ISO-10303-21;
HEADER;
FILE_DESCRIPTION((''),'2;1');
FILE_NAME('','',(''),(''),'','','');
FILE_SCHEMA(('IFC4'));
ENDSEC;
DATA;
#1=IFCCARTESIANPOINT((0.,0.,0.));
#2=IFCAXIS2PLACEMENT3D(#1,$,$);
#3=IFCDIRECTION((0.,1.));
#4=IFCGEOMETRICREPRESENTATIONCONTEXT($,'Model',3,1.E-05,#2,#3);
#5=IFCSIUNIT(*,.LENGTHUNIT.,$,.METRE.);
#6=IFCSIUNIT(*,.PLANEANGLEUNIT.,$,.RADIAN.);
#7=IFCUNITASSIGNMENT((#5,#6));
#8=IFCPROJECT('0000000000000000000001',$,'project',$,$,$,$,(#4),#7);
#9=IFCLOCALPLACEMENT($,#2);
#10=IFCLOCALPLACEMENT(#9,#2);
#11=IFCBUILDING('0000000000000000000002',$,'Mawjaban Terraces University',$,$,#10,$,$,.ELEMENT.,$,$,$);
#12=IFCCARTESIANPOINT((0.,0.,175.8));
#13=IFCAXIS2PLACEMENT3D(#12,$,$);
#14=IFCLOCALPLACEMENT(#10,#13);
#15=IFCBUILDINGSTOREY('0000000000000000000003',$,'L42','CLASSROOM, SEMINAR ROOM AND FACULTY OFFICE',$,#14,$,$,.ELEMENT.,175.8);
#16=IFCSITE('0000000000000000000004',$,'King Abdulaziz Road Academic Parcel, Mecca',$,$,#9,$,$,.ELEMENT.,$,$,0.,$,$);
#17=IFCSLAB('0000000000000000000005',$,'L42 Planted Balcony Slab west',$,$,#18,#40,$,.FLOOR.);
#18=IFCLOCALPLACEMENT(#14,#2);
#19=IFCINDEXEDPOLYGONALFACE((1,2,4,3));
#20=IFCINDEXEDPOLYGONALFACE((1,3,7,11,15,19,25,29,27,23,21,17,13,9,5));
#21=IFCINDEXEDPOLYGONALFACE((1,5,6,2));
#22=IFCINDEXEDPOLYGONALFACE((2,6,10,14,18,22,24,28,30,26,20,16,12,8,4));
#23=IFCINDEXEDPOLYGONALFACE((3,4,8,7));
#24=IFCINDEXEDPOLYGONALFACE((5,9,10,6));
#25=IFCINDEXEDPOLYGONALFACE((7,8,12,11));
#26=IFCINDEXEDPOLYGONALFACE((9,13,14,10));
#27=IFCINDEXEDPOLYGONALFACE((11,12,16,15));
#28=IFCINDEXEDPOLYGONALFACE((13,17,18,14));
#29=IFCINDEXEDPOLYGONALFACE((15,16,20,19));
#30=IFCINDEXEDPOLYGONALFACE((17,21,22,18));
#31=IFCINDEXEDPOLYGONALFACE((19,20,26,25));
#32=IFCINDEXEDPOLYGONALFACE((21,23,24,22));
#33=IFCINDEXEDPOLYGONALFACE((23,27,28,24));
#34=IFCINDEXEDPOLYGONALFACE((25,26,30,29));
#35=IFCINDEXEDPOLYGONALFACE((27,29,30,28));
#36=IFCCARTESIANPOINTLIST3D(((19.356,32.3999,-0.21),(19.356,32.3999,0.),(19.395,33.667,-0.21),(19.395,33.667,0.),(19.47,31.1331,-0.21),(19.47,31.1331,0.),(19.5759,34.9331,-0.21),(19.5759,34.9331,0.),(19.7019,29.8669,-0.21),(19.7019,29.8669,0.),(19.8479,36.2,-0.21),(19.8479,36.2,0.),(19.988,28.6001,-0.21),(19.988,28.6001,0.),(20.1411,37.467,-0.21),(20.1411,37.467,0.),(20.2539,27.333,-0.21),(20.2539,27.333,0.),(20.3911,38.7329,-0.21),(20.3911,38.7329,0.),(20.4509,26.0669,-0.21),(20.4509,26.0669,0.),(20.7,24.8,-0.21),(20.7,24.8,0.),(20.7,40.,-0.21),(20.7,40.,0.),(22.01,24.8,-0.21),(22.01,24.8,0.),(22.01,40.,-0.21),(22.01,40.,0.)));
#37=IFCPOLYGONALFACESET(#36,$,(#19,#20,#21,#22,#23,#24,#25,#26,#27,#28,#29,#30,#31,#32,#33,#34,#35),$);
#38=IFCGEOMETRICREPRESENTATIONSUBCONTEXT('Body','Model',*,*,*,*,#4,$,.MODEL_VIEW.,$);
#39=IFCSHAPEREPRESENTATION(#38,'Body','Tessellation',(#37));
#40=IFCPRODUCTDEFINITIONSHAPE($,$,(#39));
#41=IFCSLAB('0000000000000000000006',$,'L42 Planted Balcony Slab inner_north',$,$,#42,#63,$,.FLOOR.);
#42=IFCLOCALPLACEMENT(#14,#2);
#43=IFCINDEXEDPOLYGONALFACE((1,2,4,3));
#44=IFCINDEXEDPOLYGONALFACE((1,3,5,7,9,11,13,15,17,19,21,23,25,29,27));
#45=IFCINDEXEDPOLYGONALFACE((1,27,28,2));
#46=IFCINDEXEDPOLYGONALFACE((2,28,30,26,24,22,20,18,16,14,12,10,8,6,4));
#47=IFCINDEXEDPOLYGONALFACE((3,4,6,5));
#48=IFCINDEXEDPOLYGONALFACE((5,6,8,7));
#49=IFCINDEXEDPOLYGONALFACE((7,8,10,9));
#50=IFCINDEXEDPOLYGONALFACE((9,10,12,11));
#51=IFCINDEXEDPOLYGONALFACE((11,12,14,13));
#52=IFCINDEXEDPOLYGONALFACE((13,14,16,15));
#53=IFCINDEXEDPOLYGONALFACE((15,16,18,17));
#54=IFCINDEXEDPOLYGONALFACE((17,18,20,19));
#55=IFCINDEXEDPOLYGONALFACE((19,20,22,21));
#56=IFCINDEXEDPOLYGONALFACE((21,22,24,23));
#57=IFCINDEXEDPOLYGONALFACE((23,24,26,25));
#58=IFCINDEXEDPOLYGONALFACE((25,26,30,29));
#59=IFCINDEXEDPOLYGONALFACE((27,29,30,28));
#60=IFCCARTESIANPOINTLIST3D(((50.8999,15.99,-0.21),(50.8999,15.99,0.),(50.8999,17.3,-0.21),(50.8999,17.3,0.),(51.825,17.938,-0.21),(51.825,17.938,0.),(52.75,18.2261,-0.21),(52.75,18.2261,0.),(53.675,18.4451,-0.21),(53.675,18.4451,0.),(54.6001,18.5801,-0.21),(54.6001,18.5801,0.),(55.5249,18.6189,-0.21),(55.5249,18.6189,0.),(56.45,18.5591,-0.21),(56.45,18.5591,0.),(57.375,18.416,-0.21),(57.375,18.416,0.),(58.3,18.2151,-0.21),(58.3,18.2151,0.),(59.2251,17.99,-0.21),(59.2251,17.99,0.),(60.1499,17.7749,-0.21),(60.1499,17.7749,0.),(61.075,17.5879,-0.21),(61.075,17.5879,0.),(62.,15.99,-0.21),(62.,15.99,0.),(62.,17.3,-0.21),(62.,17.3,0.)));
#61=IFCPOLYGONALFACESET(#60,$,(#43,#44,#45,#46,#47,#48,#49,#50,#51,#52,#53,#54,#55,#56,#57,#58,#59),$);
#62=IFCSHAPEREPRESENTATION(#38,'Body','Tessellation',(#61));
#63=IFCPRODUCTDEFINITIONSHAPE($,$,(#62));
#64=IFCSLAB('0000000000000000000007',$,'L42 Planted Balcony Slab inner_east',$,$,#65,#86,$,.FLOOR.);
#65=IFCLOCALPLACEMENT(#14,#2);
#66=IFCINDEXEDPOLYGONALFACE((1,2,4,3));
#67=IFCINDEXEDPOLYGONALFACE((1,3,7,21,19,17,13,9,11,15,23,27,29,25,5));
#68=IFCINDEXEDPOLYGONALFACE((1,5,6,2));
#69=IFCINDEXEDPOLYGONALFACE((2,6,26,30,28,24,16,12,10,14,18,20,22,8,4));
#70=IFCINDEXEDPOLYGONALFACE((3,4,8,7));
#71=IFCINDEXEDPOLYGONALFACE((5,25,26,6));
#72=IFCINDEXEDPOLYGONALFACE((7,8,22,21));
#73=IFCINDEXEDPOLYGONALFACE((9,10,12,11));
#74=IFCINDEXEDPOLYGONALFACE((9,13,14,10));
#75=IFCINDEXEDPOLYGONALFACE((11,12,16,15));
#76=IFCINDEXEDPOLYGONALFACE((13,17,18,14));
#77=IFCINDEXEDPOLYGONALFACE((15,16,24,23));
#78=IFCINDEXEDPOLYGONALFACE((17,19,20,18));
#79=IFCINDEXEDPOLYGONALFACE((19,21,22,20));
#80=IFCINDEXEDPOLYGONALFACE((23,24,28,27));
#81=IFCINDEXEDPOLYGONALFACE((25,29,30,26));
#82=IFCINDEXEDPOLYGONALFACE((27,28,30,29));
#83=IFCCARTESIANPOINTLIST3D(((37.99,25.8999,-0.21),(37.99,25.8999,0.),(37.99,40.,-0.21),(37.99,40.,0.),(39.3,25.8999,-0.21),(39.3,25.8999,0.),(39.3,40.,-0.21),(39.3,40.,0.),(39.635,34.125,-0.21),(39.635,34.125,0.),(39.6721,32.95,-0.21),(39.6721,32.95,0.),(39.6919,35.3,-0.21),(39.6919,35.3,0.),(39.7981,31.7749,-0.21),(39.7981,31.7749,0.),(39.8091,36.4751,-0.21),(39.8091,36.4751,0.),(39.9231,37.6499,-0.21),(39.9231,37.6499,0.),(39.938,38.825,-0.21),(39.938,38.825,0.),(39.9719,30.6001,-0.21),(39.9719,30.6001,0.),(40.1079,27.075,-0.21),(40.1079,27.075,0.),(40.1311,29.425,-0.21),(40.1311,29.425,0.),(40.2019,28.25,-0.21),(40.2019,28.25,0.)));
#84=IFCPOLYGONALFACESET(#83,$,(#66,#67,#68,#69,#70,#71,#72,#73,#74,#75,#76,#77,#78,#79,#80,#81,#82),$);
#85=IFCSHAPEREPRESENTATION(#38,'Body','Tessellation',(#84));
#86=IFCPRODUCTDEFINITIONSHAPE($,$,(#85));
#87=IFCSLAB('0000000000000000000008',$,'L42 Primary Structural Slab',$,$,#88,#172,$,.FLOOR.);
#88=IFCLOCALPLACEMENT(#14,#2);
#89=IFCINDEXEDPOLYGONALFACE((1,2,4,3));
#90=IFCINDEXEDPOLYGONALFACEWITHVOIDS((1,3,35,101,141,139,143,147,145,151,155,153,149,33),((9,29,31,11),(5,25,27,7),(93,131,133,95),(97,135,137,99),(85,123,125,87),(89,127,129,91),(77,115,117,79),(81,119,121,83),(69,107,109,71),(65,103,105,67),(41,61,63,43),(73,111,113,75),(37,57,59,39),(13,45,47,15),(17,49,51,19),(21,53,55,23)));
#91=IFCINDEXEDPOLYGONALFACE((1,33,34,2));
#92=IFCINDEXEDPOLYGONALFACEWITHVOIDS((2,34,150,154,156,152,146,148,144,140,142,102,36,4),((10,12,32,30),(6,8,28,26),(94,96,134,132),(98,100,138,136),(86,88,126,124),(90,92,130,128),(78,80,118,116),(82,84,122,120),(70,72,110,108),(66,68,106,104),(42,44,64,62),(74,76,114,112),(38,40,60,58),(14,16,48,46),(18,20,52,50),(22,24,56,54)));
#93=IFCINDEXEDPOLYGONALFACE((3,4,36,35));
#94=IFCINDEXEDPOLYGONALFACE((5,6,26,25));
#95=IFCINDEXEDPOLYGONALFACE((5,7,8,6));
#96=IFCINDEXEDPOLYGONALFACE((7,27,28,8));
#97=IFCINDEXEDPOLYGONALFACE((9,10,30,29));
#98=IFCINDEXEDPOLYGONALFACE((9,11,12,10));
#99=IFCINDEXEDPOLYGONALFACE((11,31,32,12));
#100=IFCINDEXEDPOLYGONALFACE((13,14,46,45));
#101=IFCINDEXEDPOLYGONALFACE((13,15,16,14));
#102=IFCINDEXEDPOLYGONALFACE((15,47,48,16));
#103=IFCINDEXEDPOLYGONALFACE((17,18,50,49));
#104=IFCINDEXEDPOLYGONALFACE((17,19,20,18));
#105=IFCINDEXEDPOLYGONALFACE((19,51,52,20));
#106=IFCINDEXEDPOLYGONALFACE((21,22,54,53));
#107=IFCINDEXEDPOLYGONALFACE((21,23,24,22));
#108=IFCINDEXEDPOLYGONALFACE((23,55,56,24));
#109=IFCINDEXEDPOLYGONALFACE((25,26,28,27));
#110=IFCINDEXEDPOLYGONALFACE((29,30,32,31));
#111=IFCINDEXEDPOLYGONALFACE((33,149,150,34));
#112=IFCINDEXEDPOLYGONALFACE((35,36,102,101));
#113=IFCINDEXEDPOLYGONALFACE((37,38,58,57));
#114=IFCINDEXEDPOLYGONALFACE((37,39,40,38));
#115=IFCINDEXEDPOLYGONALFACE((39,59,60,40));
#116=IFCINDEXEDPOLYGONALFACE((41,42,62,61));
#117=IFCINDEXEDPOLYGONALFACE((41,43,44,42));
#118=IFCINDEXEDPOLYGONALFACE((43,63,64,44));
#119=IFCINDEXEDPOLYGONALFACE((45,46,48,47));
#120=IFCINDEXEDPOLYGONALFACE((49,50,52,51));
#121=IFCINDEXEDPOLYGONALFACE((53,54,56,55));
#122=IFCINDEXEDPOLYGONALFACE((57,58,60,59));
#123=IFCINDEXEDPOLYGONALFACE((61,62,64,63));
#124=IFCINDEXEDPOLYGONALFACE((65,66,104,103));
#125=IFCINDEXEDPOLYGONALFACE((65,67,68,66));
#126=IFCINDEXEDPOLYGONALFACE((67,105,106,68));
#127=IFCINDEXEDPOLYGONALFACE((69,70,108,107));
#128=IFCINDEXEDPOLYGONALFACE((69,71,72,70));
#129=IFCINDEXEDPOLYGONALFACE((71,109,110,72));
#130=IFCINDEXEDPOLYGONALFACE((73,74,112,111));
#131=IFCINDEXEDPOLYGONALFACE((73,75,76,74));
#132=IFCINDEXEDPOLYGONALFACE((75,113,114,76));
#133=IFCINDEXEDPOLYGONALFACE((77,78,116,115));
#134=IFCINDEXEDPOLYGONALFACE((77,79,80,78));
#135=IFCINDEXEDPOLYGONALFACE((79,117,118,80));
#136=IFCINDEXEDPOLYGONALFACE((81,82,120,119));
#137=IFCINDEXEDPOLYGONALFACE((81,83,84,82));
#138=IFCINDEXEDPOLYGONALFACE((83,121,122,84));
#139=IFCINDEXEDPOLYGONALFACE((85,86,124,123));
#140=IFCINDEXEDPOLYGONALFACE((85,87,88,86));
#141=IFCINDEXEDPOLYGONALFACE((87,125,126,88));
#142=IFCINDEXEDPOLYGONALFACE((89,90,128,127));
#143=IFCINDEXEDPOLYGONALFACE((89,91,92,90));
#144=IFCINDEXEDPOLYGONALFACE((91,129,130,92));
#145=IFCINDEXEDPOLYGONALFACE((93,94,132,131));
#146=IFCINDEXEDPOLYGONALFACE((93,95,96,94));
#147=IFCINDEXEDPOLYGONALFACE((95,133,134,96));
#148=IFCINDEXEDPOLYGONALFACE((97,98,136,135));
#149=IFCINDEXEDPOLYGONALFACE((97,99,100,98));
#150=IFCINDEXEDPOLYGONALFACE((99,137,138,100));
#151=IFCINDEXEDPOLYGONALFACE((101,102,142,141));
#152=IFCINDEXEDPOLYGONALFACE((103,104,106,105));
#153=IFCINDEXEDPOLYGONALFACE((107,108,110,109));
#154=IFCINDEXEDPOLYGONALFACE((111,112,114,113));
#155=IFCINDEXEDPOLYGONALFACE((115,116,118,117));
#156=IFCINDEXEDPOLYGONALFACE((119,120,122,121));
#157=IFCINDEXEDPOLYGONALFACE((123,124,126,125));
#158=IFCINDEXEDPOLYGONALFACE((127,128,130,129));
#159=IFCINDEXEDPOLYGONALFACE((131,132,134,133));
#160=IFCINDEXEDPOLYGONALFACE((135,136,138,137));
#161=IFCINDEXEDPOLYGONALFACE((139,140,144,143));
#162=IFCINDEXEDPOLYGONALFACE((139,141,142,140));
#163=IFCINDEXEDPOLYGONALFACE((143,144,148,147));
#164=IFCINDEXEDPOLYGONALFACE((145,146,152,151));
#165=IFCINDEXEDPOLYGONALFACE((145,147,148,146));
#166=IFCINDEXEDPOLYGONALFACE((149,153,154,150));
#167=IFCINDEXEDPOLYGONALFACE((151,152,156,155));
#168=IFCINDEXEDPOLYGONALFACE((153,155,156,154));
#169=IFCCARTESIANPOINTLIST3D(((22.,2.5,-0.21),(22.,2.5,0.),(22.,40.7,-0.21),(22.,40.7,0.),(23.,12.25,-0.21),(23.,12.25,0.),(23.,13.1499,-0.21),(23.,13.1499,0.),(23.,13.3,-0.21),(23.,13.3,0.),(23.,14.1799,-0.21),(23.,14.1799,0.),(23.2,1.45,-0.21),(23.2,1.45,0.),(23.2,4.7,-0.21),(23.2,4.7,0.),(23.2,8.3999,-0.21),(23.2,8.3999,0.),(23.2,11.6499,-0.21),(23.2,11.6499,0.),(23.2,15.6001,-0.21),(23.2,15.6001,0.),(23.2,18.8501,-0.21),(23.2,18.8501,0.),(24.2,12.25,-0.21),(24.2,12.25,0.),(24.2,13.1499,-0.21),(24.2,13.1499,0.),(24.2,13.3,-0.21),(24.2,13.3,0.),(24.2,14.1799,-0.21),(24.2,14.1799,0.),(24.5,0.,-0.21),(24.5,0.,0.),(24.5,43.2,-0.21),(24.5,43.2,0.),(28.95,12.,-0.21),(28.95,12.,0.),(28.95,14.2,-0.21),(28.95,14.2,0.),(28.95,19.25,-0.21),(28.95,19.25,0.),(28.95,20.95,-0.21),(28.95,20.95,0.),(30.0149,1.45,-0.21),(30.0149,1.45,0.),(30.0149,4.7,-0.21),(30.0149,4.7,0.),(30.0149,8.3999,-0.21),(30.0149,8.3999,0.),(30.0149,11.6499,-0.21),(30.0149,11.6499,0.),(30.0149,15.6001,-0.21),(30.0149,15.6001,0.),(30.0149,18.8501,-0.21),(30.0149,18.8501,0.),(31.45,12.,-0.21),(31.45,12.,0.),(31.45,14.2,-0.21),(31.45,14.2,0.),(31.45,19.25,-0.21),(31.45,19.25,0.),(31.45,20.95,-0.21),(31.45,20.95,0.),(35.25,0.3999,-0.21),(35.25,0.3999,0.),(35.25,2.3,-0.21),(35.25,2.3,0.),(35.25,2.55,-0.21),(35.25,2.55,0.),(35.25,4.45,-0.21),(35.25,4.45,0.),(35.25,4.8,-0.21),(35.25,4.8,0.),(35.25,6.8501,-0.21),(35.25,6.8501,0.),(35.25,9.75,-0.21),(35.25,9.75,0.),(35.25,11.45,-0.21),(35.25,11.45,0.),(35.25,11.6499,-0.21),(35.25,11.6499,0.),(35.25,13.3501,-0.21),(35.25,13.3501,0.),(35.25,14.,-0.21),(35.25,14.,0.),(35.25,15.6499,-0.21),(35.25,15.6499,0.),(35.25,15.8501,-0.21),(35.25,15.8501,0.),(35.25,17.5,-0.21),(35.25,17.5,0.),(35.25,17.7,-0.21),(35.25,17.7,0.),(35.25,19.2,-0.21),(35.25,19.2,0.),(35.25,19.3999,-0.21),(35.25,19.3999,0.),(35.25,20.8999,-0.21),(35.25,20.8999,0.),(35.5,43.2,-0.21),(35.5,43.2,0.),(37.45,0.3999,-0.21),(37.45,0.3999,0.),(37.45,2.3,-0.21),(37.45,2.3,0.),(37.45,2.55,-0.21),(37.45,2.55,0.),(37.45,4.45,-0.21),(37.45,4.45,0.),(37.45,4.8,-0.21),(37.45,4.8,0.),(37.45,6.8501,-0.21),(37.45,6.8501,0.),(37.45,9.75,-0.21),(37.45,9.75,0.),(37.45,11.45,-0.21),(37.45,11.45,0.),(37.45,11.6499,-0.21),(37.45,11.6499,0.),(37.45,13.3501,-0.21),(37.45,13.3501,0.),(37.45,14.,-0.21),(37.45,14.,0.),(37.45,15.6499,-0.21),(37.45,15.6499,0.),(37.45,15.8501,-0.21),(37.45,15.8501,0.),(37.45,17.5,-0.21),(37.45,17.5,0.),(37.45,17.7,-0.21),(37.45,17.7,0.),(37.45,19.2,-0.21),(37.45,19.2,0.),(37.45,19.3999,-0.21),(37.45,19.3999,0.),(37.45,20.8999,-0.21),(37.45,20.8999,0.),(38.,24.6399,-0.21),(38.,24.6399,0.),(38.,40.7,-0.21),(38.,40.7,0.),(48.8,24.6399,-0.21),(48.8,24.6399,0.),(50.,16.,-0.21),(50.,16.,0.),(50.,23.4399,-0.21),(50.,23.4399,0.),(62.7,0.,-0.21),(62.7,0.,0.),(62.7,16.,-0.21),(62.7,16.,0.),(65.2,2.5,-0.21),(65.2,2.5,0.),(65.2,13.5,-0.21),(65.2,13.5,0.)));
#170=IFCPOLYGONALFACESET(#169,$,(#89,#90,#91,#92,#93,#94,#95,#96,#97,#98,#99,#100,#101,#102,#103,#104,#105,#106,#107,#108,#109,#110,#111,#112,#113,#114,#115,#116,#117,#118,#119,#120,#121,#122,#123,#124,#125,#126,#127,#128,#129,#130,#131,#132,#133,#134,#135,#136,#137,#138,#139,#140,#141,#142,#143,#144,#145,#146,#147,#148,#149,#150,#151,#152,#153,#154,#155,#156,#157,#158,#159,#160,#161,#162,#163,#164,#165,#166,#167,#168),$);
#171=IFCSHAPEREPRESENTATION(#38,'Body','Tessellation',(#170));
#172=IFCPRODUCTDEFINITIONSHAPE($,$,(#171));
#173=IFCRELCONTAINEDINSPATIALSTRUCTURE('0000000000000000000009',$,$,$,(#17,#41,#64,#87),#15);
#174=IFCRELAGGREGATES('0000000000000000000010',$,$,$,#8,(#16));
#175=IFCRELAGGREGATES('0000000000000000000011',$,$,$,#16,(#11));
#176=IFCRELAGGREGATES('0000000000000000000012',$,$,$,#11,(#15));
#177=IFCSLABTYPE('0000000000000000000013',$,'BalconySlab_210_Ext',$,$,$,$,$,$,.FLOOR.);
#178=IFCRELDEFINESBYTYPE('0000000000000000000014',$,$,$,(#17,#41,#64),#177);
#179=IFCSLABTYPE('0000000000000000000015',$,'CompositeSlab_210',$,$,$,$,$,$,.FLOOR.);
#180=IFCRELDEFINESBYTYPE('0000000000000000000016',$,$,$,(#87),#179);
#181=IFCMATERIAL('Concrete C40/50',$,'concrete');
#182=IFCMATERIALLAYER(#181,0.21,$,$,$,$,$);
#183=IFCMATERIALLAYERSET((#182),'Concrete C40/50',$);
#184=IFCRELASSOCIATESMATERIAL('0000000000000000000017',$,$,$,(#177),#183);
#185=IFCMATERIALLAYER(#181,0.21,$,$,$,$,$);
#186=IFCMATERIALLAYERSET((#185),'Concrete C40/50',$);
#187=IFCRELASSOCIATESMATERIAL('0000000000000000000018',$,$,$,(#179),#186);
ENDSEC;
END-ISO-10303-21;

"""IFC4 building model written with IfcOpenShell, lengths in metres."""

from ifc_helpers import new_model, si_unit, direction, frame, origin, place, context, subcontext, project, spatial, polyline, outline, extrude, material, layer, layer_set, type_object, element, save


model = new_model("IFC4")

# Units and contexts
model_context = context("Model", 3, precision=1e-05, world=origin(), true_north=direction((0.0, 1.0)))
body_context = subcontext(model_context, "Body", "Model", "MODEL_VIEW")
ifc_project = project(units=[si_unit("LENGTHUNIT", "METRE"), si_unit("PLANEANGLEUNIT", "RADIAN")], contexts=[model_context])

# Site, building, storey
site_placement = place(None, origin())
site = spatial("IfcSite", under=ifc_project, at=site_placement, Name="King Abdulaziz Road Academic Parcel, Mecca", CompositionType="ELEMENT", RefElevation=0.0)
building_placement = place(site_placement, origin())
building = spatial("IfcBuilding", under=site, at=building_placement, Name="Mawjaban Terraces University", CompositionType="ELEMENT")
storey_placement = place(building_placement, frame((0.0, 0.0, 175.8)))
storey = spatial("IfcBuildingStorey", under=building, at=storey_placement, Name="L42", Description="CLASSROOM, SEMINAR ROOM AND FACULTY OFFICE", CompositionType="ELEMENT", Elevation=175.8)

# Slabs
ifc_material_1 = material(Name="Concrete C40/50", Category="concrete")
ifc_layer_1 = layer(ifc_material_1, 0.21)
ifc_layer_set_1 = layer_set([ifc_layer_1], Name="Concrete C40/50")
slab_type_1 = type_object("IfcSlabType", Name="BalconySlab_210_Ext", PredefinedType="FLOOR", material=ifc_layer_set_1)
slab_1_placement = place(storey_placement, frame((0.0, 0.0, -0.21)))
element("IfcSlab", 1, at=slab_1_placement, inside=storey, type_object=slab_type_1, Name="L42 Planted Balcony Slab west", PredefinedType="FLOOR", context=body_context, shape_type="SweptSolid", body=[
    extrude(outline(polyline([(22.01, 24.8), (22.01, 40.0), (20.7, 40.0), (20.3911, 38.7329), (20.1411, 37.467), (19.8479, 36.2), (19.5759, 34.9331), (19.395, 33.667), (19.356, 32.3999), (19.47, 31.1331), (19.7019, 29.8669), (19.988, 28.6001), (20.2539, 27.333), (20.4509, 26.0669), (20.7, 24.8), (22.01, 24.8)])), origin(), (0.0, 0.0, 1.0), 0.21),
])
slab_2_placement = place(storey_placement, frame((0.0, 0.0, -0.21)))
element("IfcSlab", 2, at=slab_2_placement, inside=storey, type_object=slab_type_1, Name="L42 Planted Balcony Slab inner_north", PredefinedType="FLOOR", context=body_context, shape_type="SweptSolid", body=[
    extrude(outline(polyline([(50.8999, 15.99), (62.0, 15.99), (62.0, 17.3), (61.075, 17.5879), (60.1499, 17.7749), (59.2251, 17.99), (58.3, 18.2151), (57.375, 18.416), (56.45, 18.5591), (55.5249, 18.6189), (54.6001, 18.5801), (53.675, 18.4451), (52.75, 18.2261), (51.825, 17.938), (50.8999, 17.3), (50.8999, 15.99)])), origin(), (0.0, 0.0, 1.0), 0.21),
])
slab_3_placement = place(storey_placement, frame((0.0, 0.0, -0.21)))
element("IfcSlab", 3, at=slab_3_placement, inside=storey, type_object=slab_type_1, Name="L42 Planted Balcony Slab inner_east", PredefinedType="FLOOR", context=body_context, shape_type="SweptSolid", body=[
    extrude(outline(polyline([(39.3, 25.8999), (40.1079, 27.075), (40.2019, 28.25), (40.1311, 29.425), (39.9719, 30.6001), (39.7981, 31.7749), (39.6721, 32.95), (39.635, 34.125), (39.6919, 35.3), (39.8091, 36.4751), (39.9231, 37.6499), (39.938, 38.825), (39.3, 40.0), (37.99, 40.0), (37.99, 25.8999), (39.3, 25.8999)])), origin(), (0.0, 0.0, 1.0), 0.21),
])
ifc_layer_2 = layer(ifc_material_1, 0.21)
ifc_layer_set_2 = layer_set([ifc_layer_2], Name="Concrete C40/50")
slab_type_2 = type_object("IfcSlabType", Name="CompositeSlab_210", PredefinedType="FLOOR", material=ifc_layer_set_2)
slab_4_placement = place(storey_placement, frame((0.0, 0.0, -0.21)))
element("IfcSlab", 4, at=slab_4_placement, inside=storey, type_object=slab_type_2, Name="L42 Primary Structural Slab", PredefinedType="FLOOR", context=body_context, shape_type="SweptSolid", body=[
    extrude(outline(polyline([(24.5, 0.0), (62.7, 0.0), (65.2, 2.5), (65.2, 13.5), (62.7, 16.0), (50.0, 16.0), (50.0, 23.4399), (48.8, 24.6399), (38.0, 24.6399), (38.0, 40.7), (35.5, 43.2), (24.5, 43.2), (22.0, 40.7), (22.0, 2.5), (24.5, 0.0)]), holes=[polyline([(30.0149, 4.7), (23.2, 4.7), (23.2, 1.45), (30.0149, 1.45), (30.0149, 4.7)]), polyline([(30.0149, 18.8501), (23.2, 18.8501), (23.2, 15.6001), (30.0149, 15.6001), (30.0149, 18.8501)]), polyline([(30.0149, 11.6499), (23.2, 11.6499), (23.2, 8.3999), (30.0149, 8.3999), (30.0149, 11.6499)]), polyline([(35.25, 0.3999), (37.45, 0.3999), (37.45, 2.3), (35.25, 2.3), (35.25, 0.3999)]), polyline([(35.25, 2.55), (37.45, 2.55), (37.45, 4.45), (35.25, 4.45), (35.25, 2.55)]), polyline([(35.25, 4.8), (37.45, 4.8), (37.45, 6.8501), (35.25, 6.8501), (35.25, 4.8)]), polyline([(35.25, 9.75), (37.45, 9.75), (37.45, 11.45), (35.25, 11.45), (35.25, 9.75)]), polyline([(35.25, 11.6499), (37.45, 11.6499), (37.45, 13.3501), (35.25, 13.3501), (35.25, 11.6499)]), polyline([(28.95, 12.0), (31.45, 12.0), (31.45, 14.2), (28.95, 14.2), (28.95, 12.0)]), polyline([(35.25, 14.0), (37.45, 14.0), (37.45, 15.6499), (35.25, 15.6499), (35.25, 14.0)]), polyline([(35.25, 15.8501), (37.45, 15.8501), (37.45, 17.5), (35.25, 17.5), (35.25, 15.8501)]), polyline([(35.25, 17.7), (37.45, 17.7), (37.45, 19.2), (35.25, 19.2), (35.25, 17.7)]), polyline([(35.25, 19.3999), (37.45, 19.3999), (37.45, 20.8999), (35.25, 20.8999), (35.25, 19.3999)]), polyline([(28.95, 19.25), (31.45, 19.25), (31.45, 20.95), (28.95, 20.95), (28.95, 19.25)]), polyline([(23.0, 12.25), (24.2, 12.25), (24.2, 13.1499), (23.0, 13.1499), (23.0, 12.25)]), polyline([(23.0, 13.3), (24.2, 13.3), (24.2, 14.1799), (23.0, 14.1799), (23.0, 13.3)])]), origin(), (0.0, 0.0, 1.0), 0.21),
])

save(model, "model.ifc")
